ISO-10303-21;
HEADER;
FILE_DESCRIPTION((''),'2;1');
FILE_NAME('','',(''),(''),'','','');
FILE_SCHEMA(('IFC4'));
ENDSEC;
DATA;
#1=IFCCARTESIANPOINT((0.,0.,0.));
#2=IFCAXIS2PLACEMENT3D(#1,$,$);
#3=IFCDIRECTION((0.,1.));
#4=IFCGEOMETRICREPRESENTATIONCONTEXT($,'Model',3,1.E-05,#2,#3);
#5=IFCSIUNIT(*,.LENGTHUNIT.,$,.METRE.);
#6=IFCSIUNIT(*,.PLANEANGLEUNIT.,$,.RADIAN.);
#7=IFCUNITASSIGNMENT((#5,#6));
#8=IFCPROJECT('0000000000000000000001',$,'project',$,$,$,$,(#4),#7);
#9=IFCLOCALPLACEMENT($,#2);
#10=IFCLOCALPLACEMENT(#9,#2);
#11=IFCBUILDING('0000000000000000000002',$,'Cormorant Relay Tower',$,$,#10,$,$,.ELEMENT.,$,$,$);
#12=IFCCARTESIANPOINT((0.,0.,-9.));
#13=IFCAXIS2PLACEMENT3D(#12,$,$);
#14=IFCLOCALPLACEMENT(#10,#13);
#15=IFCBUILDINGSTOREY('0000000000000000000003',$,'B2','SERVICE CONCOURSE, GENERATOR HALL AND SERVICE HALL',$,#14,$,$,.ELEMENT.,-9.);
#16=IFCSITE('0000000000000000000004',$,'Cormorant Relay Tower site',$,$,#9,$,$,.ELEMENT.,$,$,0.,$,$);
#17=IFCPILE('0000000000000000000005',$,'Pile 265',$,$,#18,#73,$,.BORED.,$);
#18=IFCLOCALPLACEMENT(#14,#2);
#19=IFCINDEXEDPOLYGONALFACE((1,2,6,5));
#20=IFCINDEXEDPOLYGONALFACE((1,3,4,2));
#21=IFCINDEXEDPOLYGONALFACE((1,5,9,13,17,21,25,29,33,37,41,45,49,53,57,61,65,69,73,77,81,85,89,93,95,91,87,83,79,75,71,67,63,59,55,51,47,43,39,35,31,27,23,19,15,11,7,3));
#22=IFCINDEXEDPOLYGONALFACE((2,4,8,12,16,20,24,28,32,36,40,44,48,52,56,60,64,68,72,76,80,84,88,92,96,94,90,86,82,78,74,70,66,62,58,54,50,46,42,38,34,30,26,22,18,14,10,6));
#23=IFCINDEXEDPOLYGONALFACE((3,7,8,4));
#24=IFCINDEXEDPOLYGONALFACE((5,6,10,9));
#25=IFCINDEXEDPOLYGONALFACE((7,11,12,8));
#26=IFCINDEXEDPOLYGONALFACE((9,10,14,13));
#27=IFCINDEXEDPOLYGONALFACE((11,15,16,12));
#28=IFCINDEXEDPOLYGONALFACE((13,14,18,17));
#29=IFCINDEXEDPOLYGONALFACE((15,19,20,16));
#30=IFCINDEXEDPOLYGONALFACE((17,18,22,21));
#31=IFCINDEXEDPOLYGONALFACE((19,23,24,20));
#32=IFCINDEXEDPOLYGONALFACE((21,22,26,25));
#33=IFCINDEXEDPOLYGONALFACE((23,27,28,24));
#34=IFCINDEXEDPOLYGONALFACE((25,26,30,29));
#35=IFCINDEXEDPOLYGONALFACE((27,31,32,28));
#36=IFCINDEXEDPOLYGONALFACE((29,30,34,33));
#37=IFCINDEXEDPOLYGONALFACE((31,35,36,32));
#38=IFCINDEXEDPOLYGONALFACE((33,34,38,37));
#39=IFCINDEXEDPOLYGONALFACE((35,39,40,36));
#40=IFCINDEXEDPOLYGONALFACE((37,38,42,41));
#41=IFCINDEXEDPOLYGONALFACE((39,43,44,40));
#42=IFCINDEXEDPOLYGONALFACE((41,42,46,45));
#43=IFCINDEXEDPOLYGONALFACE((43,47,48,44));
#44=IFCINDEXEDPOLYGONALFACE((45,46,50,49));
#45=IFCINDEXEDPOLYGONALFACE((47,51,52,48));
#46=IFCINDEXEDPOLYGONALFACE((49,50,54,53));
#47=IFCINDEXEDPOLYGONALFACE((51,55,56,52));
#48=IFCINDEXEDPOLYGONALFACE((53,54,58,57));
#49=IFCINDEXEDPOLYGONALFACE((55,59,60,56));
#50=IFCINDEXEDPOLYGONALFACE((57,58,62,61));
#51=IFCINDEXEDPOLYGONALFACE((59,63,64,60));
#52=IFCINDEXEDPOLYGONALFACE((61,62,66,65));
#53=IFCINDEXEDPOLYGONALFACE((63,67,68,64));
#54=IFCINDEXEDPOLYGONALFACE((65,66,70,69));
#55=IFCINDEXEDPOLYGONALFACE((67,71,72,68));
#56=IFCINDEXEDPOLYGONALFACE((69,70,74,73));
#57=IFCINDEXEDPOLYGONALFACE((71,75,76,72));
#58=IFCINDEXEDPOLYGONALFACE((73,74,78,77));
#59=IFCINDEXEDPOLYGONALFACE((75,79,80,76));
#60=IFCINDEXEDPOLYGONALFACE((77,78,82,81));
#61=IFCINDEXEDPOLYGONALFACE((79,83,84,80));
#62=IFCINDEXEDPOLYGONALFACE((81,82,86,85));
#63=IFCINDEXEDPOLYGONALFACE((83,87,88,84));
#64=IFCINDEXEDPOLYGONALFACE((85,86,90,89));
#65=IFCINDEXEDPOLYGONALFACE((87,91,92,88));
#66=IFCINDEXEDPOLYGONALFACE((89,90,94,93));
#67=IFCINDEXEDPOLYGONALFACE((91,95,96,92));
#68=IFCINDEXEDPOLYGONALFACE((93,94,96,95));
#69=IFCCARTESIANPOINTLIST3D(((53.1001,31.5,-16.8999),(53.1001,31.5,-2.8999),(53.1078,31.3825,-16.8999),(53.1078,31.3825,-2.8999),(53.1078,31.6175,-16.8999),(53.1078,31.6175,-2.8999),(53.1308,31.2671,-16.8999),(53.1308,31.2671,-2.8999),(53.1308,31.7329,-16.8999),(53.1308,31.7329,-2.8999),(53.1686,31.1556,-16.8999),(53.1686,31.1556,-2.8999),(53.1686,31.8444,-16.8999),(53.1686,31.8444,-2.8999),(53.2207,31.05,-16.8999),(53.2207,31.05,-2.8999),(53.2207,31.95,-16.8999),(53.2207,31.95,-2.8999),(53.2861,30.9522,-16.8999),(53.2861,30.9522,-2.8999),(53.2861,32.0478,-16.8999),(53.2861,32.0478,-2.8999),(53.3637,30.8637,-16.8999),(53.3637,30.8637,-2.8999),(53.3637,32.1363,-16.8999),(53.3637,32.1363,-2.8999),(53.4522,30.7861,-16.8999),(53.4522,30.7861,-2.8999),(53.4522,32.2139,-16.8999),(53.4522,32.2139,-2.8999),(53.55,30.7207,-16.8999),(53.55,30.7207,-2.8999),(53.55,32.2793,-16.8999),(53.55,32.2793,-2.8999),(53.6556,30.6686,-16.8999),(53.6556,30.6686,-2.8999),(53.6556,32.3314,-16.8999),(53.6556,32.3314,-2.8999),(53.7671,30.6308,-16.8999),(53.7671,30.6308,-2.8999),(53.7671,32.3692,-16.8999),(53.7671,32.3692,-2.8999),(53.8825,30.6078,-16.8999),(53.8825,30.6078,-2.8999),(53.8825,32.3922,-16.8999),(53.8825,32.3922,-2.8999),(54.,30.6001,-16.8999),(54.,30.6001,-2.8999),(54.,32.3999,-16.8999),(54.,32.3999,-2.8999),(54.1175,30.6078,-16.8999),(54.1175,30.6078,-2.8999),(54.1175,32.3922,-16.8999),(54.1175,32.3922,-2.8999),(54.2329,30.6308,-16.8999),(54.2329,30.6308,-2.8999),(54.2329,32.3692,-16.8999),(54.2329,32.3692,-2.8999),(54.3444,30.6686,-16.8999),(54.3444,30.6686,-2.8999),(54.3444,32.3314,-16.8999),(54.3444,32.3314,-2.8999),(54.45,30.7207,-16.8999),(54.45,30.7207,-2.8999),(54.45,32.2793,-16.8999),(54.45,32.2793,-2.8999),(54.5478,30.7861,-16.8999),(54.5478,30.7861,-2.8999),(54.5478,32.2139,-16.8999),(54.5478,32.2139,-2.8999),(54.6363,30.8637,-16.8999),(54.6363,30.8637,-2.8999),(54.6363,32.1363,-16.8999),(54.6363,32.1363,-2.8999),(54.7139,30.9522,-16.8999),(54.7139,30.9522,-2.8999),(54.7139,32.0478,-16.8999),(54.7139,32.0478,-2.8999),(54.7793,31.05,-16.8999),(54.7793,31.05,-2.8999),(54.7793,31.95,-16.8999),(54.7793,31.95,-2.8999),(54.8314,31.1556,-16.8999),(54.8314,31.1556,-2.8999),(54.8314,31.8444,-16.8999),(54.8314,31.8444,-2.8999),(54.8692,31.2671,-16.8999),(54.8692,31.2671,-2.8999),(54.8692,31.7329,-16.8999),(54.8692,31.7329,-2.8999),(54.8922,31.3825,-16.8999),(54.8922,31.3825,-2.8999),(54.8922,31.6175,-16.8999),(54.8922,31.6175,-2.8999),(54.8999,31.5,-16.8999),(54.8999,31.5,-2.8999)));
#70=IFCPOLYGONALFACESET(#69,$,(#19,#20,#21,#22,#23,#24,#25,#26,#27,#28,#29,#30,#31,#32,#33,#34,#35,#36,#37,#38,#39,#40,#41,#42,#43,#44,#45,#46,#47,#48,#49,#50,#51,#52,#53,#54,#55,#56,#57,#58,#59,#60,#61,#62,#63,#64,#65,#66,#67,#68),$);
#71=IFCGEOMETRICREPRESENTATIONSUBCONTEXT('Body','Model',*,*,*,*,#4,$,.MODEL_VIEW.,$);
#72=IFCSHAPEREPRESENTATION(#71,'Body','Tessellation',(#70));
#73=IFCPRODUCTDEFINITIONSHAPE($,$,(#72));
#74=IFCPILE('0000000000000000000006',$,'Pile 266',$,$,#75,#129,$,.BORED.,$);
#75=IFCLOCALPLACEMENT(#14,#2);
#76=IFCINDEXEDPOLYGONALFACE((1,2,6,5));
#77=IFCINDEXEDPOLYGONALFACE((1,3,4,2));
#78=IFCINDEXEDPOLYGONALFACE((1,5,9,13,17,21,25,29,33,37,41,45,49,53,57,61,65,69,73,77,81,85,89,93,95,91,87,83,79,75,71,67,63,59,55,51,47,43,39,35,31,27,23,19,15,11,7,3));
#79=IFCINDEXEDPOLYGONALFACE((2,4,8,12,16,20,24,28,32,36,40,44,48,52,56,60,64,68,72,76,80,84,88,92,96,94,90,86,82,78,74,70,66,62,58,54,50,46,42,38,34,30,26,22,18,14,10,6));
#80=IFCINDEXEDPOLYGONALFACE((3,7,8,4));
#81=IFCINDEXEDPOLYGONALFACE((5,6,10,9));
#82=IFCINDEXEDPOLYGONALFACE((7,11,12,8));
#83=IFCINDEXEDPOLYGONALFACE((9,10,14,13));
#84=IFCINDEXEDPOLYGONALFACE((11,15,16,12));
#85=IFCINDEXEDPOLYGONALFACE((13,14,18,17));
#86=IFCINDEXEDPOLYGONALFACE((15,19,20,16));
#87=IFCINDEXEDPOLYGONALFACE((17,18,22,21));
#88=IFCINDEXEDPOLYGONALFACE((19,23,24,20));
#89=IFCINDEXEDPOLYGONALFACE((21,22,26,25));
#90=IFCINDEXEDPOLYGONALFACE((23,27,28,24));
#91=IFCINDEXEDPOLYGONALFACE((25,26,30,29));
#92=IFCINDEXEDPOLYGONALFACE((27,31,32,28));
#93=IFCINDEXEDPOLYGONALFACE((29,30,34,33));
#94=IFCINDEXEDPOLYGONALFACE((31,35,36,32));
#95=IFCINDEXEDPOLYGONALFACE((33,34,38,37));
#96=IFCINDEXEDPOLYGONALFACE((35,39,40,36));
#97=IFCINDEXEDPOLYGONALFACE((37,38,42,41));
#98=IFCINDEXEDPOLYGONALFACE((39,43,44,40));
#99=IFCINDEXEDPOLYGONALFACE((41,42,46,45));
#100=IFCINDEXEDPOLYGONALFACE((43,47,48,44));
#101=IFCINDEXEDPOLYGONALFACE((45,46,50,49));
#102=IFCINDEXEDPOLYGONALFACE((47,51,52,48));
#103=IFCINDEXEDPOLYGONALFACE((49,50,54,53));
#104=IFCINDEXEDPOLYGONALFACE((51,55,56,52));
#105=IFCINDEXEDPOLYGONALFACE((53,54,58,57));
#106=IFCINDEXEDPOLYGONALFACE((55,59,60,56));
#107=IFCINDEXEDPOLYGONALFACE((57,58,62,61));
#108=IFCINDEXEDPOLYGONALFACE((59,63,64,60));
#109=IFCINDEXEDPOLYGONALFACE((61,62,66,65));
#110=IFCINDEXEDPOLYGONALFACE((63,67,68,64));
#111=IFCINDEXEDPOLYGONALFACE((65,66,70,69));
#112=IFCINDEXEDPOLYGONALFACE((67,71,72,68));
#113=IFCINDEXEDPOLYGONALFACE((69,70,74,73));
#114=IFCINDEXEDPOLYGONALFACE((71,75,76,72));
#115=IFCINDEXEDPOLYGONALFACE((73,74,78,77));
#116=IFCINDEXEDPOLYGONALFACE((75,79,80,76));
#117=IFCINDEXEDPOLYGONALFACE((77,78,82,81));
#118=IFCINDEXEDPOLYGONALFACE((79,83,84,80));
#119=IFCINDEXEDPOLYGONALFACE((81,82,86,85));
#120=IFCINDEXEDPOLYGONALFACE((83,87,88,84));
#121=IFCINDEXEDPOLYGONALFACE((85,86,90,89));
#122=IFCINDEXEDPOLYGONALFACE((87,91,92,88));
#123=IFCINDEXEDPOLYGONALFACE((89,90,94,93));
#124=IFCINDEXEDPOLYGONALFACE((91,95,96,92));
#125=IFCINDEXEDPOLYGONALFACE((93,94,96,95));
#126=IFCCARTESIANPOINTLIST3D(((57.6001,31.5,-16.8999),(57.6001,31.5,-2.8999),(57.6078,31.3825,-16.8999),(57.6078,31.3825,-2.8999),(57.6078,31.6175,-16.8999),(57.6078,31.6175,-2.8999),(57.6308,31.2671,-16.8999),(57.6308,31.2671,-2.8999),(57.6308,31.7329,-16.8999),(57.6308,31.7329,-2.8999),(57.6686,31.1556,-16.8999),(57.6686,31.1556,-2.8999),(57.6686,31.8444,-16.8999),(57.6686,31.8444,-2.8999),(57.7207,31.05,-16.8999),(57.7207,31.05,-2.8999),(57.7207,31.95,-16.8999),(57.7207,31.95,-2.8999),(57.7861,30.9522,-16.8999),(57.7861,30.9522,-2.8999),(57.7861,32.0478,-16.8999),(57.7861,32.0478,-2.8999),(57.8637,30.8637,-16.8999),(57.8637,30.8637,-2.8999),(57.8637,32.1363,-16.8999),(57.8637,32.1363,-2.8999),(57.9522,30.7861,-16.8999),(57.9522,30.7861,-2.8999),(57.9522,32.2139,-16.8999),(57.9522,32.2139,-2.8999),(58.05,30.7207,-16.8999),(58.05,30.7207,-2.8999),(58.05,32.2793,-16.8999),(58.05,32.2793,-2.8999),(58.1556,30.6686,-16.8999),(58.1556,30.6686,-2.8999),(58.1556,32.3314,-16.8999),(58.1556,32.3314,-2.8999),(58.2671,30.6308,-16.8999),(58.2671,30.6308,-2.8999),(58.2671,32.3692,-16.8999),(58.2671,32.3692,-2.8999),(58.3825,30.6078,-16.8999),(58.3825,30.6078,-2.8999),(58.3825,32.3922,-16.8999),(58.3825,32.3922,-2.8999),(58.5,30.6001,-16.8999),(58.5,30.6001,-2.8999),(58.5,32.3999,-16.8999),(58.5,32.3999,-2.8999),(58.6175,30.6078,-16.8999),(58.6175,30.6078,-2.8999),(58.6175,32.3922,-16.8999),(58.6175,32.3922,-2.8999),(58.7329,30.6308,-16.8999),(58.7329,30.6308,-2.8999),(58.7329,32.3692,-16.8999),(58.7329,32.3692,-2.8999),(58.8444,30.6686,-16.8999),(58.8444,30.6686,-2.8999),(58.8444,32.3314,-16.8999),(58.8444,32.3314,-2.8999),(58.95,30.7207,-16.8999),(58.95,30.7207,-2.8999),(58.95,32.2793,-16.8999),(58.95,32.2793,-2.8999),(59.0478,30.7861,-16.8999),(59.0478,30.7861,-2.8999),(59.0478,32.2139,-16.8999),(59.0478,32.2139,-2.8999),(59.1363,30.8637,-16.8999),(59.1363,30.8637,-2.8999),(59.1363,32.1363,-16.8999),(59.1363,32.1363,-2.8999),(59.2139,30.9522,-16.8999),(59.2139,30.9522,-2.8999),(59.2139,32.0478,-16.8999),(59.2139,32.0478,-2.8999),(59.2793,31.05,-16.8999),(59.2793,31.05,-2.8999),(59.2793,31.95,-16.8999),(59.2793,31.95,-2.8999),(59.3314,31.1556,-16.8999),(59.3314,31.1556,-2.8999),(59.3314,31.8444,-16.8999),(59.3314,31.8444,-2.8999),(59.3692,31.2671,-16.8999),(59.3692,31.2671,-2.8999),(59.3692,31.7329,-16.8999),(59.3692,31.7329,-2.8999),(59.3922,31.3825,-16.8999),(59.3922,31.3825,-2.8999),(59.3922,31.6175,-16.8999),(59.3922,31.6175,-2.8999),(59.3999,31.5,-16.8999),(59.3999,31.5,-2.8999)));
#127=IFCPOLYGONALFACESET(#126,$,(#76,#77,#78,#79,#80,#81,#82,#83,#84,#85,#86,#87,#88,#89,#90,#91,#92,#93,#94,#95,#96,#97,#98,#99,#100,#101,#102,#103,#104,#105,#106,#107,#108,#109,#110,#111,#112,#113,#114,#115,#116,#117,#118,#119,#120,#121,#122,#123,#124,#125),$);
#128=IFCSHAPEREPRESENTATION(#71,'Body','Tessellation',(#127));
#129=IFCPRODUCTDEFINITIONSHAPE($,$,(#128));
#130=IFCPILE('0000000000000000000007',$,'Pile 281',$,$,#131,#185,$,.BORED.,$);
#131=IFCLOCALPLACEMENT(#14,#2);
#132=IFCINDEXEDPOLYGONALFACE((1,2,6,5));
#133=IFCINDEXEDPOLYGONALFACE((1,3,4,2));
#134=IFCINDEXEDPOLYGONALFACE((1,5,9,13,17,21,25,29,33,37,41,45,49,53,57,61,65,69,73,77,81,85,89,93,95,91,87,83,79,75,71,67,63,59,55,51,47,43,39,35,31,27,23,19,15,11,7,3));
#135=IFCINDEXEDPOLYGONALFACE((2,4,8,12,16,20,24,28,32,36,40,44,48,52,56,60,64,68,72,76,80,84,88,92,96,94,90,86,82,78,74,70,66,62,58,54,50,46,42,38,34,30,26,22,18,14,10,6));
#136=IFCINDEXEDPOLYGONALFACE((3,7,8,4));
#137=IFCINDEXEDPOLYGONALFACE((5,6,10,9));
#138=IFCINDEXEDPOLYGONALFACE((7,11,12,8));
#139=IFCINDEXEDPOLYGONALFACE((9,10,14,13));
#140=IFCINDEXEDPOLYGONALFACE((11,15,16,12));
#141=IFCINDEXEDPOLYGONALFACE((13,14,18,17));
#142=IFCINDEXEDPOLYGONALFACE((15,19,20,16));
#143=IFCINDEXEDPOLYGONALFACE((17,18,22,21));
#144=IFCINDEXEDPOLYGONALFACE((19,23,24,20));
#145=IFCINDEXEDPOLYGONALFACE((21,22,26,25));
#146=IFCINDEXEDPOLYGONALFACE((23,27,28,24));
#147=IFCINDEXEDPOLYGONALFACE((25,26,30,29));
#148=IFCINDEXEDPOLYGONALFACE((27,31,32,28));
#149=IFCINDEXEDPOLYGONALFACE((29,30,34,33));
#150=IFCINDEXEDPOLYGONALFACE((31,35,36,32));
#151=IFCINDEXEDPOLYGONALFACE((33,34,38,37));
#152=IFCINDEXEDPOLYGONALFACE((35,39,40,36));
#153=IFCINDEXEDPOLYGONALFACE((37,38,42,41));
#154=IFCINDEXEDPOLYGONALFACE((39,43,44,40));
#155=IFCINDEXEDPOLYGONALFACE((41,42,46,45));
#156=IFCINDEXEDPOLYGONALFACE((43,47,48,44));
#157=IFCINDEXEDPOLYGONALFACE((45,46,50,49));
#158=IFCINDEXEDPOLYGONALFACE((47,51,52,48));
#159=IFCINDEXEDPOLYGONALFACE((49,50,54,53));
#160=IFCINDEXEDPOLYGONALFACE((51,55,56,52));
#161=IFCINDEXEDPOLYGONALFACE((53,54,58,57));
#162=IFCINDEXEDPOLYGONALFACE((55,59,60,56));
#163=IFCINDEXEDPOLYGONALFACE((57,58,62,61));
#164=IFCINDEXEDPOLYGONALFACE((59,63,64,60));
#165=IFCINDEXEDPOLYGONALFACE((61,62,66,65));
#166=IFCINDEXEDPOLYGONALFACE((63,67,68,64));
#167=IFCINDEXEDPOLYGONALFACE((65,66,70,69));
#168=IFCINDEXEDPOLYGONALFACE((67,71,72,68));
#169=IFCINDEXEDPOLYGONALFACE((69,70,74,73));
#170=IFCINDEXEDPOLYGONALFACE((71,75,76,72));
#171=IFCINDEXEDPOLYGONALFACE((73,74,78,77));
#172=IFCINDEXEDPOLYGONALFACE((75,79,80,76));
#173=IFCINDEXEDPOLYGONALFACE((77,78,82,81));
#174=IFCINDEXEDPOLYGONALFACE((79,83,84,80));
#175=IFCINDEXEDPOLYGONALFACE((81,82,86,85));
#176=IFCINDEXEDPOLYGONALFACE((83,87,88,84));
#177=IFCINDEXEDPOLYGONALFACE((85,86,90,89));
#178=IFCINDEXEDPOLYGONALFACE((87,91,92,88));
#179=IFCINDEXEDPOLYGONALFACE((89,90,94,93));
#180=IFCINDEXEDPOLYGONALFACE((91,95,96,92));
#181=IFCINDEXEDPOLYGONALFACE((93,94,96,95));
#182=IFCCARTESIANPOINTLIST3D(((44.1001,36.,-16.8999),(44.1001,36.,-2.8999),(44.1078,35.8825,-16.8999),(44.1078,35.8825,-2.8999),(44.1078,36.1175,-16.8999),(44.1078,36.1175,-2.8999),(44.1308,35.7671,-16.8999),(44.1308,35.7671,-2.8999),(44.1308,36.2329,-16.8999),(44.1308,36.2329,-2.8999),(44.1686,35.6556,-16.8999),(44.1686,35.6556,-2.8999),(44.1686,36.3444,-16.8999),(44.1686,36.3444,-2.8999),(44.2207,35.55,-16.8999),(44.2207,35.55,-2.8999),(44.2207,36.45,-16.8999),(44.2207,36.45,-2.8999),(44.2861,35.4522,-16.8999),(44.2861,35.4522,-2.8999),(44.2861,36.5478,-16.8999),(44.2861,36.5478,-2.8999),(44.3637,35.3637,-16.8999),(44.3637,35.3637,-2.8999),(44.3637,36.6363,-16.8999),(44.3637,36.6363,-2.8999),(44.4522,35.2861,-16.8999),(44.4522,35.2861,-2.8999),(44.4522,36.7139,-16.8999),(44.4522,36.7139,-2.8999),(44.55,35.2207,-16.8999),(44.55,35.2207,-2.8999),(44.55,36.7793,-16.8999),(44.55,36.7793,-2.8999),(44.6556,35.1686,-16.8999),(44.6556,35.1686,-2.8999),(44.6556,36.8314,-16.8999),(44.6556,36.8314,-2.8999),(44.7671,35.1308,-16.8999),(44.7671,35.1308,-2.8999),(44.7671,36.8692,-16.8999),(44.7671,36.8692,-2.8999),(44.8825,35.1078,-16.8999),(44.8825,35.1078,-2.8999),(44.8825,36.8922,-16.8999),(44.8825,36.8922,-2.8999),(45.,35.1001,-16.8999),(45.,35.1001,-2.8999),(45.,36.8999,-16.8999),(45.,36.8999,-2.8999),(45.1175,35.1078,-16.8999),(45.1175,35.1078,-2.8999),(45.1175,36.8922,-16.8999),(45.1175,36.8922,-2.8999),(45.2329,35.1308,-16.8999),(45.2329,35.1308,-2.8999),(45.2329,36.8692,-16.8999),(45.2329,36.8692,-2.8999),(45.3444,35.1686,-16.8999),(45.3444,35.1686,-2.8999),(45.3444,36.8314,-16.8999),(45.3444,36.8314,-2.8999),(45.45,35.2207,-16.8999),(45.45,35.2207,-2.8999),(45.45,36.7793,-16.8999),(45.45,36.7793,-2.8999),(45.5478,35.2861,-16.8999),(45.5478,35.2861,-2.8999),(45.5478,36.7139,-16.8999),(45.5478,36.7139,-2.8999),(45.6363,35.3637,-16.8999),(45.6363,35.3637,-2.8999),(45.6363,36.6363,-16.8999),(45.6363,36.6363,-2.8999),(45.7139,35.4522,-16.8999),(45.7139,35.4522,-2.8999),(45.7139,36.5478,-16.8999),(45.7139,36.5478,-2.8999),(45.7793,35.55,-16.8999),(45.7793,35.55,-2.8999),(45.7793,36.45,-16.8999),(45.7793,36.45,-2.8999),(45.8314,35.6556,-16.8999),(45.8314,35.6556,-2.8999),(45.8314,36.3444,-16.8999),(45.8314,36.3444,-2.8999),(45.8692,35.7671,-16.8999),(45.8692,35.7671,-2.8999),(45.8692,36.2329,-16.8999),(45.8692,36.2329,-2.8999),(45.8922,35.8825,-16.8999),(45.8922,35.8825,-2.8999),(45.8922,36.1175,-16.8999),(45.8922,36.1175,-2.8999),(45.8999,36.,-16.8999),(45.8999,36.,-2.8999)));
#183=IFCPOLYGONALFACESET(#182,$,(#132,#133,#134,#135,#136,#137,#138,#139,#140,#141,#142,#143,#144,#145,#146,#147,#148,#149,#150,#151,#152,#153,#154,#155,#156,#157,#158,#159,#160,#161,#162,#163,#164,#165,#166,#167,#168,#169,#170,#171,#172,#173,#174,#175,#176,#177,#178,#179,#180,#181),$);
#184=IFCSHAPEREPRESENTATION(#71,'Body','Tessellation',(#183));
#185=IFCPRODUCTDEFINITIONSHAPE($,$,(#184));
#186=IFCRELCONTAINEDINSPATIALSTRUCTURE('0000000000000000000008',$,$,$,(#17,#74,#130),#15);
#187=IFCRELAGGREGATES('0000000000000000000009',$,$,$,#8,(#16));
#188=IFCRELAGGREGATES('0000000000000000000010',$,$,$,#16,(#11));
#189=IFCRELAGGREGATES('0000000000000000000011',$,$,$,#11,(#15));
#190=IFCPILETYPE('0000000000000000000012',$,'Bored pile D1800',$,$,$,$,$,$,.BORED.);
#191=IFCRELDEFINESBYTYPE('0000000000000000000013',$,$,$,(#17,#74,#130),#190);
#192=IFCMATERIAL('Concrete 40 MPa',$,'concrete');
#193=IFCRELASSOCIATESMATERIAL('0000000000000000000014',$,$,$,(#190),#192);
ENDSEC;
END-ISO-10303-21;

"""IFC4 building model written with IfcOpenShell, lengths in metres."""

from ifc_helpers import new_model, si_unit, direction, frame, origin, origin_2d, place, context, subcontext, project, spatial, circle, extrude, material, material_profile, profile_set, type_object, element, save


model = new_model("IFC4")

# Units and contexts
model_context = context("Model", 3, precision=1e-05, world=origin(), true_north=direction((0.0, 1.0)))
body_context = subcontext(model_context, "Body", "Model", "MODEL_VIEW")
ifc_project = project(units=[si_unit("LENGTHUNIT", "METRE"), si_unit("PLANEANGLEUNIT", "RADIAN")], contexts=[model_context])

# Site, building, storey
site_placement = place(None, origin())
site = spatial("IfcSite", under=ifc_project, at=site_placement, Name="Cormorant Relay Tower site", CompositionType="ELEMENT", RefElevation=0.0)
building_placement = place(site_placement, origin())
building = spatial("IfcBuilding", under=site, at=building_placement, Name="Cormorant Relay Tower", CompositionType="ELEMENT")
storey_placement = place(building_placement, frame((0.0, 0.0, -9.0)))
storey = spatial("IfcBuildingStorey", under=building, at=storey_placement, Name="B2", Description="SERVICE CONCOURSE, GENERATOR HALL AND SERVICE HALL", CompositionType="ELEMENT", Elevation=-9.0)

# Piles
ifc_material_1 = material(Name="Concrete 40 MPa", Category="concrete")
ifc_material_profile_1 = material_profile(ifc_material_1, circle(Radius=0.8999, at=origin_2d()), Name="BP1800")
ifc_profile_set_1 = profile_set([ifc_material_profile_1], Name="Concrete 40 MPa")
pile_type = type_object("IfcPileType", Name="Bored pile D1800", PredefinedType="BORED", material=ifc_profile_set_1)
for number, where, z_axis, x_axis, name in (
    (1, (54.0, 31.5, -2.8999), (0.0, 0.0, -1.0), (1.0, 0.0, 0.0), "Pile 265"),
    (2, (58.5, 31.5, -2.8999), (0.0, 0.0, -1.0), (1.0, 0.0, 0.0), "Pile 266"),
    (3, (45.0, 36.0, -2.8999), (0.0, 0.0, -1.0), (1.0, 0.0, 0.0), "Pile 281"),
):
    element("IfcPile", number, at=place(storey_placement, frame(where, z_axis=z_axis, x_axis=x_axis)), inside=storey, type_object=pile_type, Name=name, PredefinedType="BORED", context=body_context, shape_type="SweptSolid", body=[
        extrude(circle(Radius=0.8999, at=origin_2d()), origin(), (0.0, 0.0, 1.0), 14.0),
    ])

save(model, "model.ifc")
